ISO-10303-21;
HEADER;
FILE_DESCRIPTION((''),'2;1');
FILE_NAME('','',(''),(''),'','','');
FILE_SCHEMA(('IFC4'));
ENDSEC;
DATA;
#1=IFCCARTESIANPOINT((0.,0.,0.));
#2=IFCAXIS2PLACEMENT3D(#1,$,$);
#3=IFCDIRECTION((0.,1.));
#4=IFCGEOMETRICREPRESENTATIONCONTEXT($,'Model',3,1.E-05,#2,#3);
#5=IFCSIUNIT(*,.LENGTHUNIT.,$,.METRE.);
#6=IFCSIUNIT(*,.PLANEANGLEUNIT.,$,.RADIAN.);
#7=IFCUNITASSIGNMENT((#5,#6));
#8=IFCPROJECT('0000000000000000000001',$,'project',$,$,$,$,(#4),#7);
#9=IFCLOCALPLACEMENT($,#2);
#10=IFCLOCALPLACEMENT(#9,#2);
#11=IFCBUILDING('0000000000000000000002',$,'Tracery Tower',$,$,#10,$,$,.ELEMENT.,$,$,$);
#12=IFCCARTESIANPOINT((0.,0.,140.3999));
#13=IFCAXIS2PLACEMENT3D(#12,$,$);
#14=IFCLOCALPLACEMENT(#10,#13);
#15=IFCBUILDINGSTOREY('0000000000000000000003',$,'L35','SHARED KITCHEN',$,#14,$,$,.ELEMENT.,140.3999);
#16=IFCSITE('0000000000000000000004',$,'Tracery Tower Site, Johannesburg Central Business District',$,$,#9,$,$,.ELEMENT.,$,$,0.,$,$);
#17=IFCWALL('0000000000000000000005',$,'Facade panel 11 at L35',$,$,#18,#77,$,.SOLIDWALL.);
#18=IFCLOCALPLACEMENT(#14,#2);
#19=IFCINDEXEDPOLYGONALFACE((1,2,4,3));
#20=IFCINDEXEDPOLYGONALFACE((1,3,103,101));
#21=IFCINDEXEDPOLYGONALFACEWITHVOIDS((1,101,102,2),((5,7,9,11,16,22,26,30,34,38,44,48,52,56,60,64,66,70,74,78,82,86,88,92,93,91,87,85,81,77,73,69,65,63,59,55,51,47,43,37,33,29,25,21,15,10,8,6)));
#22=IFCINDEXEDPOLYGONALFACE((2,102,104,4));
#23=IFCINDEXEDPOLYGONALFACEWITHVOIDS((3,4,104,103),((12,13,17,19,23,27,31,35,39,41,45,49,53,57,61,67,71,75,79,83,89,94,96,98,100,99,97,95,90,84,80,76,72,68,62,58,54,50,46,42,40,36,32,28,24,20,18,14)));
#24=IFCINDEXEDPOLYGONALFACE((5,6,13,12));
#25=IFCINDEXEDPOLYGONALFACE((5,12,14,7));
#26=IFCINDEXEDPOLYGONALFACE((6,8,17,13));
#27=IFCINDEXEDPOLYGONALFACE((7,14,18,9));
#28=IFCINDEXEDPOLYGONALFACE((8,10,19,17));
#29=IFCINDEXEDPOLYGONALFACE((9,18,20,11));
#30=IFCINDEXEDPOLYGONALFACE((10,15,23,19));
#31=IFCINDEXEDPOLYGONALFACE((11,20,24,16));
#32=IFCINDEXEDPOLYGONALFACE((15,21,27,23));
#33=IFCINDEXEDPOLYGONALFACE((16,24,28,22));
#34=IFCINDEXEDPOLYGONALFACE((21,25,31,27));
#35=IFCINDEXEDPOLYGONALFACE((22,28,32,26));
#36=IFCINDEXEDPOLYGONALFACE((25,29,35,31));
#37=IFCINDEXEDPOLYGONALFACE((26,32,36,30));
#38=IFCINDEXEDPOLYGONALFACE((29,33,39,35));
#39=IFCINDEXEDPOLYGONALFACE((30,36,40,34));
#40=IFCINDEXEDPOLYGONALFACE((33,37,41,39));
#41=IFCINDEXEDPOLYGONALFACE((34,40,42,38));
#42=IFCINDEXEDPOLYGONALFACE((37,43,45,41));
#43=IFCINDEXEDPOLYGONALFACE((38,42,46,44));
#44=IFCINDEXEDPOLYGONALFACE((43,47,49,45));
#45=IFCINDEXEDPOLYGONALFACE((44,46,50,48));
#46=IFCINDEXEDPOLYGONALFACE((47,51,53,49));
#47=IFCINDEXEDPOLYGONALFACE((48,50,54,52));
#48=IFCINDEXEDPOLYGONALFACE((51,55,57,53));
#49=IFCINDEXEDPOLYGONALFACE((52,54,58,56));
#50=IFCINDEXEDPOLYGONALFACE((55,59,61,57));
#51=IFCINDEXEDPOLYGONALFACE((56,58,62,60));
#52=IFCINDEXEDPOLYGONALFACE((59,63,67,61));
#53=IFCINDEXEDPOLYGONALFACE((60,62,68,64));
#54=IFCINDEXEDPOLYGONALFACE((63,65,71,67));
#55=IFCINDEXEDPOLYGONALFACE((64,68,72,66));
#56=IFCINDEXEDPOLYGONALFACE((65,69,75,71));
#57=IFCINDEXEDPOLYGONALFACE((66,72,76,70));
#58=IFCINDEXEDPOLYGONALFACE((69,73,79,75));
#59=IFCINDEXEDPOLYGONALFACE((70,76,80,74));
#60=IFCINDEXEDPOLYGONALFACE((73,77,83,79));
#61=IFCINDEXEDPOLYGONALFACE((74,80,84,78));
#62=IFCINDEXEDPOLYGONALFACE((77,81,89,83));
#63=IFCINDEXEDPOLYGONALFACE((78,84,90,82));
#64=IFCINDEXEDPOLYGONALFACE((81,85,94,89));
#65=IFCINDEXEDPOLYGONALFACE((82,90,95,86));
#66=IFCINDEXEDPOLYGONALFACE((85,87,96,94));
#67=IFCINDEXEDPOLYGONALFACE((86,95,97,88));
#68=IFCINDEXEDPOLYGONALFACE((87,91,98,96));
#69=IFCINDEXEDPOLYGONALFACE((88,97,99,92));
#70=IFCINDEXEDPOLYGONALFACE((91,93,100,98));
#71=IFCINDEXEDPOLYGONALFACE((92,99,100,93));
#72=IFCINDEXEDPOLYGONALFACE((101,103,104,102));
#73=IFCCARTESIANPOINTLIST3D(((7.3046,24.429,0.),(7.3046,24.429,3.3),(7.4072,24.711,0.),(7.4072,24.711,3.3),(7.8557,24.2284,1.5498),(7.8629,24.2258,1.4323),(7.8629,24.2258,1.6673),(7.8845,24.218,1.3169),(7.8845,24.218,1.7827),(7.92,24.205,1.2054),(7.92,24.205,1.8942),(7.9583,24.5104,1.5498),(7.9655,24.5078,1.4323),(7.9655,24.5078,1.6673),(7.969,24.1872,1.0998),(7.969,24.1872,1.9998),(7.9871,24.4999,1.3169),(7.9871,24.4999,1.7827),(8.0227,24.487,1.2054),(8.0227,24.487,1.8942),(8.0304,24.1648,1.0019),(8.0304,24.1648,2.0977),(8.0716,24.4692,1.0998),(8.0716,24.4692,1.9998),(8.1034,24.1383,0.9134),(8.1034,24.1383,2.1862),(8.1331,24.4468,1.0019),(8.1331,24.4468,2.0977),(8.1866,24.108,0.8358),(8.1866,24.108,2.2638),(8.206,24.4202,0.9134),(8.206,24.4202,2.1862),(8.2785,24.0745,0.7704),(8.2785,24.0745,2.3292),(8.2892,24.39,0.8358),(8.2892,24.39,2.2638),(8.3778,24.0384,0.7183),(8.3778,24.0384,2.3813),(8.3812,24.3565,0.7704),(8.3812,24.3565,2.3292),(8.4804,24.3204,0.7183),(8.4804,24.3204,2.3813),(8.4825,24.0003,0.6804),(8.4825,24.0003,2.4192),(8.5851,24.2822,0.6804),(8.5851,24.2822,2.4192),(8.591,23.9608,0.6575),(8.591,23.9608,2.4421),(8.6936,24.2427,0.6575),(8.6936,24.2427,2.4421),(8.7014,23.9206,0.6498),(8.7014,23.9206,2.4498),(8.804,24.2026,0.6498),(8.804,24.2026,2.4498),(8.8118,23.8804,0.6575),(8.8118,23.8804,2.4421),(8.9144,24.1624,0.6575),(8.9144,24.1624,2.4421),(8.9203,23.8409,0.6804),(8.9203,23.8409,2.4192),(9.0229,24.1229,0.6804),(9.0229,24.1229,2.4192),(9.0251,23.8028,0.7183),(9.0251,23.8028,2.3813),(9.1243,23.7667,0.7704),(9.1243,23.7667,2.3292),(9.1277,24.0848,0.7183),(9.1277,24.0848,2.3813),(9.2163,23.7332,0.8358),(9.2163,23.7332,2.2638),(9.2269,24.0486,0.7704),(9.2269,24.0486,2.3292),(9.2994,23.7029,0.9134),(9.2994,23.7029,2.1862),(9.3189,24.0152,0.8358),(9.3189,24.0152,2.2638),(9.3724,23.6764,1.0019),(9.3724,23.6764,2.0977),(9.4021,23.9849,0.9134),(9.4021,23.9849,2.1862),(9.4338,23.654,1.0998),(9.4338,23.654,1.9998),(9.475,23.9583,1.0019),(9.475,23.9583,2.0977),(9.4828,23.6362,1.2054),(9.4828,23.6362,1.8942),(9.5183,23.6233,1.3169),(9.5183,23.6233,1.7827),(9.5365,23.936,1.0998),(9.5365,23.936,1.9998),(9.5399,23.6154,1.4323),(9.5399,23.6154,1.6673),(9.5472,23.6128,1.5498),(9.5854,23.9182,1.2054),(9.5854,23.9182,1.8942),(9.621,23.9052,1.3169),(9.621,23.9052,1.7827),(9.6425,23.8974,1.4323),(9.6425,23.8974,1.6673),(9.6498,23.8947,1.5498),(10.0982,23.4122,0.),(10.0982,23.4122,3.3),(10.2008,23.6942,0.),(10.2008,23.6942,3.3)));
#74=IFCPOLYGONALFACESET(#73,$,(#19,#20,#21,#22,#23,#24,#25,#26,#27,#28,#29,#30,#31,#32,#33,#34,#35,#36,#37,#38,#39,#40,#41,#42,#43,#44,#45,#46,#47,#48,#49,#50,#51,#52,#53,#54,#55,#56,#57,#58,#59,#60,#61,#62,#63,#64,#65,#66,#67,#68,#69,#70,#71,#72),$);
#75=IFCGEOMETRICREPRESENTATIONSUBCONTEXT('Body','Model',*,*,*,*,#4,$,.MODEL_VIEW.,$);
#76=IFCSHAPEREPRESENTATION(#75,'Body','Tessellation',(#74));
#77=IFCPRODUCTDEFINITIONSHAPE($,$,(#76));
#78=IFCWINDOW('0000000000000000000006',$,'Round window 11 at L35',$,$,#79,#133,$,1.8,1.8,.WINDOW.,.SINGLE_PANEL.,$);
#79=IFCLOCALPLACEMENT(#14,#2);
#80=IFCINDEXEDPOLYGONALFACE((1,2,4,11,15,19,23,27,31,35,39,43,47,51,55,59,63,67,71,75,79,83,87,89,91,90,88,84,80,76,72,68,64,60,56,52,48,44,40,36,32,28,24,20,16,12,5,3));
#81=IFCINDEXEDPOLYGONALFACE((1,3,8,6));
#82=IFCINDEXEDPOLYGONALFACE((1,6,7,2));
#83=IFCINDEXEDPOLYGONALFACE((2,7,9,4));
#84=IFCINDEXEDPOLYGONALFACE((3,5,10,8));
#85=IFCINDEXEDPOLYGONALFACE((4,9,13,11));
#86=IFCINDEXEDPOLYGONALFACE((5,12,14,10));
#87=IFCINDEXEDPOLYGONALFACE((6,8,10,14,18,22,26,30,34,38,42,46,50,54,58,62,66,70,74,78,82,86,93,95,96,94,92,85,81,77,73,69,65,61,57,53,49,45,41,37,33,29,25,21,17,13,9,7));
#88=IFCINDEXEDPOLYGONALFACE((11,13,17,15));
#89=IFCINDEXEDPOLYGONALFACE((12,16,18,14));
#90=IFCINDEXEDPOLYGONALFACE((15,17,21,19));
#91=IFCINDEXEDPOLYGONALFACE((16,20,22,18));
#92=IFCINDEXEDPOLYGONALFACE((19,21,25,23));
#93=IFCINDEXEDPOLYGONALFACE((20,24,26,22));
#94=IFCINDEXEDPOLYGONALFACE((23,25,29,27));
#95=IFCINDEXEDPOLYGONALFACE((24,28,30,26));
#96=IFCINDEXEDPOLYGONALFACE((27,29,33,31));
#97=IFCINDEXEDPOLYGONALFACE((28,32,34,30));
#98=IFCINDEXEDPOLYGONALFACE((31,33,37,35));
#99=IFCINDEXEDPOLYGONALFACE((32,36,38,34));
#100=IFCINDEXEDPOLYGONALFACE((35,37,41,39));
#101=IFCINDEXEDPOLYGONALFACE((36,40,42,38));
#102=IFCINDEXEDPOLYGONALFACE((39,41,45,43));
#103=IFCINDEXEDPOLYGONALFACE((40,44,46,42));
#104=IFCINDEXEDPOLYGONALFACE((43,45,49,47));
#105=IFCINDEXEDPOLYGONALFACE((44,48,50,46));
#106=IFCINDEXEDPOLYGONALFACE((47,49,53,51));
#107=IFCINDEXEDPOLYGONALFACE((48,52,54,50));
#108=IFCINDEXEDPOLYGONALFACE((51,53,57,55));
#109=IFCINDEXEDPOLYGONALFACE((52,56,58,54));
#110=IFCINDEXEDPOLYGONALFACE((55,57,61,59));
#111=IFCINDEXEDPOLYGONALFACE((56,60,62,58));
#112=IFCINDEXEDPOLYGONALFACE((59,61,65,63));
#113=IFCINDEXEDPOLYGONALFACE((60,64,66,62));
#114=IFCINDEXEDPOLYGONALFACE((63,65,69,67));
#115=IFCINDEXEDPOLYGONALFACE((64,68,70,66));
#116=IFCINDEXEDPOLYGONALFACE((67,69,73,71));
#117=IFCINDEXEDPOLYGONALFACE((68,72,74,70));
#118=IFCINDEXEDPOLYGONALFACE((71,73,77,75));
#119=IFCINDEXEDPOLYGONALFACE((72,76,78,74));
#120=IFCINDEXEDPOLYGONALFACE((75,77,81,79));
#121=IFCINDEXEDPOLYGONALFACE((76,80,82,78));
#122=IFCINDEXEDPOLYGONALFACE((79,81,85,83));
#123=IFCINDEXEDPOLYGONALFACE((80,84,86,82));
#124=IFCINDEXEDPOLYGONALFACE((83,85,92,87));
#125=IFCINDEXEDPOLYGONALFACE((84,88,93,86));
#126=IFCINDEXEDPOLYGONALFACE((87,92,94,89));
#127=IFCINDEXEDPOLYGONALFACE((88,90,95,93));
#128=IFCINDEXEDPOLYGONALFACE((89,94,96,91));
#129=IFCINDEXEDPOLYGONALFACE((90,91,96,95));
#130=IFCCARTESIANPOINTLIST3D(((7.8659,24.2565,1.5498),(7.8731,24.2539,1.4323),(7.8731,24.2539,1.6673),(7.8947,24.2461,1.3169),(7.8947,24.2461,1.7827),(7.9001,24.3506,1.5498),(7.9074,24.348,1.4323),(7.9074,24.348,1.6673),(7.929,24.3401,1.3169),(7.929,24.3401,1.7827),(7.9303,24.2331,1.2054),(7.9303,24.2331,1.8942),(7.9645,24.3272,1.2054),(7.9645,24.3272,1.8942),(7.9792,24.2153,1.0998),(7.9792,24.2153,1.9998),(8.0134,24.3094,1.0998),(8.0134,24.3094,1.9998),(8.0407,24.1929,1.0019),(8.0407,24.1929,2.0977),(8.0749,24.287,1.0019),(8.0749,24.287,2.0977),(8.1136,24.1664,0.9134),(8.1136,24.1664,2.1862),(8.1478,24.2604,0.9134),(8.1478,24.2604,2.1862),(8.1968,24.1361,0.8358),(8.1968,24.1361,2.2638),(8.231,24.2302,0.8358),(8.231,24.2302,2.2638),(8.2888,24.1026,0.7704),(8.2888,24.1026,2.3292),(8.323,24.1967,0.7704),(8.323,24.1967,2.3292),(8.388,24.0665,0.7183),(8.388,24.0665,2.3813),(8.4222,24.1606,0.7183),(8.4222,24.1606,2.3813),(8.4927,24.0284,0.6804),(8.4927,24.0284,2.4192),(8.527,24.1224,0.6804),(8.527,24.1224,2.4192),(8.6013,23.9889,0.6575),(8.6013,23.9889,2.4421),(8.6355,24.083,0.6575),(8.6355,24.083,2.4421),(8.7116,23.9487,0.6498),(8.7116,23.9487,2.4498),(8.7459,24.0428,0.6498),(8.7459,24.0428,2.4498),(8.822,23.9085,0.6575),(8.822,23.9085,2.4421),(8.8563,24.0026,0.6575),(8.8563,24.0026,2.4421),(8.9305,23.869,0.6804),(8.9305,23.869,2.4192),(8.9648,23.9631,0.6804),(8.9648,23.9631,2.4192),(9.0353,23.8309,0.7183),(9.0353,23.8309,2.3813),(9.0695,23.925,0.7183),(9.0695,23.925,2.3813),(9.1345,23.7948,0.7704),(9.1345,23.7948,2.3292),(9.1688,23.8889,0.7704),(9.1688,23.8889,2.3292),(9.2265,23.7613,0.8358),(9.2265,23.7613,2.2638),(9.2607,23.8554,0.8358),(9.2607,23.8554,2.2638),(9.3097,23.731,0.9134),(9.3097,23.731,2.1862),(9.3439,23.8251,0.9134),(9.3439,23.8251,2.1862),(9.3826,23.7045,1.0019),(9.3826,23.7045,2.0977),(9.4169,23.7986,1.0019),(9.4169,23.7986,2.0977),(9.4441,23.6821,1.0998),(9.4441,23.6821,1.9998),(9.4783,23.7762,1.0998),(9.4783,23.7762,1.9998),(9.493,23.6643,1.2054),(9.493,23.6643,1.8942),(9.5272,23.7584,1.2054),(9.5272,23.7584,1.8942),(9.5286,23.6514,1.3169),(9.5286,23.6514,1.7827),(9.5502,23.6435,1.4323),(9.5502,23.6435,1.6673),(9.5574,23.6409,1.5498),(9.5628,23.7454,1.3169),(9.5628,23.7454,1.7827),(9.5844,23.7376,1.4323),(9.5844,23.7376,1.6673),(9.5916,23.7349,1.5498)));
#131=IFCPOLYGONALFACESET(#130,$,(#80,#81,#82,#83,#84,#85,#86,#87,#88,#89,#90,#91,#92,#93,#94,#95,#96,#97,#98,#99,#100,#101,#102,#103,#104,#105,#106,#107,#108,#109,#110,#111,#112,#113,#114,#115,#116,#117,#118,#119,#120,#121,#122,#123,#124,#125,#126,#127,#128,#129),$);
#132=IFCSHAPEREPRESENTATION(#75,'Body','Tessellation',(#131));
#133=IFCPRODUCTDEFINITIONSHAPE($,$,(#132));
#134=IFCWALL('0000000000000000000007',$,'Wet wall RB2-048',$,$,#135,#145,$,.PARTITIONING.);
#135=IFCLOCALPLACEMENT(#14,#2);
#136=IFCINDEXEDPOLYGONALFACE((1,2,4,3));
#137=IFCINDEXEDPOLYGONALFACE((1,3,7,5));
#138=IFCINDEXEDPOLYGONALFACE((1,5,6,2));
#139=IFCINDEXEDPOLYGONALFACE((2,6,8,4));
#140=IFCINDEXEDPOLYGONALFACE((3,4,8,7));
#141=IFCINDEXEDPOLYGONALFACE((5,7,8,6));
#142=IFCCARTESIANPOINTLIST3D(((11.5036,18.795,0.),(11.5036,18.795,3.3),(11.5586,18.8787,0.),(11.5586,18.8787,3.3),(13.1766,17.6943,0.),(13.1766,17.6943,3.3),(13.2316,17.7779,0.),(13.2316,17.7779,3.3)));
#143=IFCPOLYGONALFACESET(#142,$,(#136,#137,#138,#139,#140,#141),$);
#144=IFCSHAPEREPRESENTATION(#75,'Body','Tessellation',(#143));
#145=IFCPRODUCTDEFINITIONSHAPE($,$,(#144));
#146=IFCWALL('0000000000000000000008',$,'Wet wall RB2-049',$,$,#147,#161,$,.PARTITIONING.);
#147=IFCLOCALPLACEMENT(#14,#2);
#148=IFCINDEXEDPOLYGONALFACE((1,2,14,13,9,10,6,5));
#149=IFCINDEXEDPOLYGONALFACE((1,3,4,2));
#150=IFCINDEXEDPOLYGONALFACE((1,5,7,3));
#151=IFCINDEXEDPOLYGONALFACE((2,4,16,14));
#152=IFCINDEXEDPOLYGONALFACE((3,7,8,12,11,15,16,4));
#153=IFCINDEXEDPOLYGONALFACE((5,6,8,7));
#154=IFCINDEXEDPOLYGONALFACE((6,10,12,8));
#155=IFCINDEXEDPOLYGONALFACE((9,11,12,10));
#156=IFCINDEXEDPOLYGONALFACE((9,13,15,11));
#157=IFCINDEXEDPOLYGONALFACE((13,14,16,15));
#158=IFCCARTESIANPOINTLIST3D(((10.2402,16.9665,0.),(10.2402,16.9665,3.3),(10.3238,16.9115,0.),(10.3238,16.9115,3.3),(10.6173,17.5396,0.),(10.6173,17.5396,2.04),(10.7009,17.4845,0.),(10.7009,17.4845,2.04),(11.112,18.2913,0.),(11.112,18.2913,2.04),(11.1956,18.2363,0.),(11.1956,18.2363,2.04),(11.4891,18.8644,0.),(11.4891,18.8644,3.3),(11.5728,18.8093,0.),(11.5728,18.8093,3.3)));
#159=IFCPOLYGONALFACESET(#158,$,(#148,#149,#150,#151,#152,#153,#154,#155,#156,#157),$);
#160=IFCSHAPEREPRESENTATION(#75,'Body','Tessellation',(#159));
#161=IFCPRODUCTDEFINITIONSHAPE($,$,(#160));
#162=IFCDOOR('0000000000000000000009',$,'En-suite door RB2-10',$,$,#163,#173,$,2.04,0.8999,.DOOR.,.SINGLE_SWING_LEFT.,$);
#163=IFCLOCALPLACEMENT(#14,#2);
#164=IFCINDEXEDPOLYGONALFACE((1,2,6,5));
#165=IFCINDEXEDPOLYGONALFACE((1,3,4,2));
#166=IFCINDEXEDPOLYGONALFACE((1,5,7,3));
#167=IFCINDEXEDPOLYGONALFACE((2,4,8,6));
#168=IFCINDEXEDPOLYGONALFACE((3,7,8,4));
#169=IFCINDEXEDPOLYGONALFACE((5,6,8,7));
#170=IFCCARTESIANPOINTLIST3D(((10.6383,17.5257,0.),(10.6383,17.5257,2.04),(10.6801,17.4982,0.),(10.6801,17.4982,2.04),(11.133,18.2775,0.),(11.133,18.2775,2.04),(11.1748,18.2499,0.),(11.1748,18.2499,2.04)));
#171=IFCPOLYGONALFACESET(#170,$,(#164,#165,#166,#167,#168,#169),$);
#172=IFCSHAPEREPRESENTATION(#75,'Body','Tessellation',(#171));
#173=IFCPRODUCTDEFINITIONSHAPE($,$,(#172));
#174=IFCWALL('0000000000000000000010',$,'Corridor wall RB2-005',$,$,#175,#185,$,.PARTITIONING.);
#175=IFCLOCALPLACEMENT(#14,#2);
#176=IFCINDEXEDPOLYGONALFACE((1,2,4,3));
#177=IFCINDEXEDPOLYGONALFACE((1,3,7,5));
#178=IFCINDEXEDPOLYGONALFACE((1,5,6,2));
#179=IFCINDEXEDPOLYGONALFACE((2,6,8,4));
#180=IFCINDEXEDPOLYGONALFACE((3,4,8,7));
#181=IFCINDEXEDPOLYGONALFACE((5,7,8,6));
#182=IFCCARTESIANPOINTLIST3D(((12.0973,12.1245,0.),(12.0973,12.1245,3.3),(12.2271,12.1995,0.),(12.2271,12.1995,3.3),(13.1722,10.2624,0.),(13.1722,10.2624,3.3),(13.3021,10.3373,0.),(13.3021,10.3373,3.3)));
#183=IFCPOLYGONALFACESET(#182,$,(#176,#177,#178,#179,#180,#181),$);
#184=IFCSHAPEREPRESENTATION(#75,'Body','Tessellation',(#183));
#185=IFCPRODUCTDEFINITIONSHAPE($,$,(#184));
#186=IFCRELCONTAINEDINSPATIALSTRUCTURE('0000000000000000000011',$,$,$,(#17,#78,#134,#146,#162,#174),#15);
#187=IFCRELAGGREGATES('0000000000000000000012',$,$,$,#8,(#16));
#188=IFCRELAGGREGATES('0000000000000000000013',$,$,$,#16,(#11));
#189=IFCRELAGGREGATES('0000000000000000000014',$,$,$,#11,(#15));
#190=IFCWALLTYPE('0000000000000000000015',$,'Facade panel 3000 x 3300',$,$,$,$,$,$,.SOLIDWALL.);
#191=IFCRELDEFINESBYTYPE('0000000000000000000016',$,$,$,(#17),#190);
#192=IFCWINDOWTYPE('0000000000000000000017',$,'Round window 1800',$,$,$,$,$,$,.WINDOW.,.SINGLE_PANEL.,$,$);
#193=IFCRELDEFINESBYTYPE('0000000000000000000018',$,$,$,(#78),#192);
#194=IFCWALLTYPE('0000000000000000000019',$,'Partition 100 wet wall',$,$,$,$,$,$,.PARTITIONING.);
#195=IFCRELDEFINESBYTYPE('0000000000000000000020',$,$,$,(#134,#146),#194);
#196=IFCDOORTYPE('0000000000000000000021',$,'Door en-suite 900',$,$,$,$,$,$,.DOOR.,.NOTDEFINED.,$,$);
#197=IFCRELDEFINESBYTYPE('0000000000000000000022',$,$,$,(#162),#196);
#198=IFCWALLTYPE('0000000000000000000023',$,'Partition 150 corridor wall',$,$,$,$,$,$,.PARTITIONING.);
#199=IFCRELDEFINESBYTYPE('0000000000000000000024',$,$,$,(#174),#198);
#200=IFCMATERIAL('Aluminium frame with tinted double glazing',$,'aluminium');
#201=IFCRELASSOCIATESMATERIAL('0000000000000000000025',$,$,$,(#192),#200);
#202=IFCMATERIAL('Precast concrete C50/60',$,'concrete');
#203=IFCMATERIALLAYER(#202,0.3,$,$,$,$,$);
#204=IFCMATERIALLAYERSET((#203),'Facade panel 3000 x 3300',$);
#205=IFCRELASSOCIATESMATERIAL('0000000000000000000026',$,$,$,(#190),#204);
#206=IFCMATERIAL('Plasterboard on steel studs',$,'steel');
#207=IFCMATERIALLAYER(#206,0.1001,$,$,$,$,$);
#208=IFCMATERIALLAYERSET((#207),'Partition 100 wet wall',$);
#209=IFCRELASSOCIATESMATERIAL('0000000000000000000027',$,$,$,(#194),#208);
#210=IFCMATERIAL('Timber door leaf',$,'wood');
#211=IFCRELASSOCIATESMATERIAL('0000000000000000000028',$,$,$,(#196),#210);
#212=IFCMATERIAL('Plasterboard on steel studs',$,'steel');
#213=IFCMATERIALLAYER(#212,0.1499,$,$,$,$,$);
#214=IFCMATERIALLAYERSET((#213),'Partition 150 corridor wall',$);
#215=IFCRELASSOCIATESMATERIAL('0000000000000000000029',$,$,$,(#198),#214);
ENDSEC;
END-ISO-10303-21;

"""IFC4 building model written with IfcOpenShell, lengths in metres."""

from ifc_helpers import new_model, si_unit, direction, frame, frame_2d, origin, origin_2d, place, context, subcontext, project, spatial, rectangle, circle, extrude, material, layer, layer_set, type_object, element, fill, save


model = new_model("IFC4")

# Units and contexts
model_context = context("Model", 3, precision=1e-05, world=origin(), true_north=direction((0.0, 1.0)))
body_context = subcontext(model_context, "Body", "Model", "MODEL_VIEW")
ifc_project = project(units=[si_unit("LENGTHUNIT", "METRE"), si_unit("PLANEANGLEUNIT", "RADIAN")], contexts=[model_context])

# Site, building, storey
site_placement = place(None, origin())
site = spatial("IfcSite", under=ifc_project, at=site_placement, Name="Tracery Tower Site, Johannesburg Central Business District", CompositionType="ELEMENT", RefElevation=0.0)
building_placement = place(site_placement, origin())
building = spatial("IfcBuilding", under=site, at=building_placement, Name="Tracery Tower", CompositionType="ELEMENT")
storey_placement = place(building_placement, frame((0.0, 0.0, 140.3999)))
storey = spatial("IfcBuildingStorey", under=building, at=storey_placement, Name="L35", Description="SHARED KITCHEN", CompositionType="ELEMENT", Elevation=140.3999)

# Wall, opening, window
ifc_material_1 = material(Name="Aluminium frame with tinted double glazing", Category="aluminium")
window_type = type_object("IfcWindowType", Name="Round window 1800", PartitioningType="SINGLE_PANEL", PredefinedType="WINDOW", material=ifc_material_1)
ifc_material_2 = material(Name="Precast concrete C50/60", Category="concrete")
ifc_layer_1 = layer(ifc_material_2, 0.3)
ifc_layer_set_1 = layer_set([ifc_layer_1], Name="Facade panel 3000 x 3300")
wall_type_1 = type_object("IfcWallType", Name="Facade panel 3000 x 3300", PredefinedType="SOLIDWALL", material=ifc_layer_set_1)
wall_1_placement = place(storey_placement, frame((10.1494, 23.5532, 0.0), z_axis=(0.0, 0.0, 1.0), x_axis=(-0.93969, 0.342027, 0.0)))
wall_1 = element("IfcWall", 1, at=wall_1_placement, inside=storey, type_object=wall_type_1, Name="Facade panel 11 at L35", PredefinedType="SOLIDWALL", context=body_context, shape_type="SweptSolid", body=[
    extrude(rectangle(XDim=2.9729, YDim=0.3, at=frame_2d((1.4863, 0.0))), origin(), (0.0, 0.0, 1.0), 3.3),
])
opening_1_placement = place(wall_1_placement, frame((1.4863, 0.0, 1.5498)))
opening_1 = element("IfcOpeningElement", 2, at=opening_1_placement, cuts=wall_1, PredefinedType="OPENING", context=body_context, shape_type="SweptSolid", body=[
    extrude(circle(Radius=0.9, at=origin_2d()), frame((0.0, 0.1599, 0.0), z_axis=(0.0, -1.0, 0.0), x_axis=(1.0, 0.0, 0.0)), (0.0, 0.0, 1.0), 0.3201),
])
window_1_placement = place(opening_1_placement, origin())
window_1 = element("IfcWindow", 3, at=window_1_placement, inside=storey, type_object=window_type, Name="Round window 11 at L35", OverallHeight=1.8, OverallWidth=1.8, PartitioningType="SINGLE_PANEL", PredefinedType="WINDOW", context=body_context, shape_type="SweptSolid", body=[
    extrude(circle(Radius=0.9, at=origin_2d()), frame((0.0, 0.1201, 0.0), z_axis=(0.0, -1.0, 0.0), x_axis=(1.0, 0.0, 0.0)), (0.0, 0.0, 1.0), 0.1001),
])
fill(opening_1, window_1)

# Wall
ifc_material_3 = material(Name="Plasterboard on steel studs", Category="steel")
ifc_layer_2 = layer(ifc_material_3, 0.1001)
ifc_layer_set_2 = layer_set([ifc_layer_2], Name="Partition 100 wet wall")
wall_type_2 = type_object("IfcWallType", Name="Partition 100 wet wall", PredefinedType="PARTITIONING", material=ifc_layer_set_2)
wall_2_placement = place(storey_placement, frame((11.531, 18.8369, 0.0), z_axis=(0.0, 0.0, 1.0), x_axis=(0.835392, -0.549655, 0.0)))
element("IfcWall", 4, at=wall_2_placement, inside=storey, type_object=wall_type_2, Name="Wet wall RB2-048", PredefinedType="PARTITIONING", context=body_context, shape_type="SweptSolid", body=[
    extrude(rectangle(XDim=2.0027, YDim=0.1001, at=frame_2d((1.0015, 0.0))), origin(), (0.0, 0.0, 1.0), 3.3),
])

# Wall, opening, door
wall_3_placement = place(storey_placement, frame((10.282, 16.939, 0.0), z_axis=(0.0, 0.0, 1.0), x_axis=(0.549731, 0.835342, 0.0)))
wall_3 = element("IfcWall", 5, at=wall_3_placement, inside=storey, type_object=wall_type_2, Name="Wet wall RB2-049", PredefinedType="PARTITIONING", context=body_context, shape_type="SweptSolid", body=[
    extrude(rectangle(XDim=2.272, YDim=0.1001, at=frame_2d((1.136, 0.0))), origin(), (0.0, 0.0, 1.0), 3.3),
])
opening_2_placement = place(wall_3_placement, frame((0.686, 0.0, 0.0)))
opening_2 = element("IfcOpeningElement", 6, at=opening_2_placement, cuts=wall_3, PredefinedType="OPENING", context=body_context, shape_type="SweptSolid", body=[
    extrude(rectangle(XDim=0.8999, YDim=2.04, at=frame_2d((0.45, 1.02))), frame((0.0, 0.05, 0.0), z_axis=(0.0, -1.0, 0.0), x_axis=(1.0, 0.0, 0.0)), (0.0, 0.0, 1.0), 0.1001),
])
ifc_material_4 = material(Name="Timber door leaf", Category="wood")
door_type_1 = type_object("IfcDoorType", Name="Door en-suite 900", OperationType="NOTDEFINED", PredefinedType="DOOR", material=ifc_material_4)
door_1_placement = place(opening_2_placement, origin())
door_1 = element("IfcDoor", 7, at=door_1_placement, inside=storey, type_object=door_type_1, Name="En-suite door RB2-10", OperationType="SINGLE_SWING_LEFT", OverallHeight=2.04, OverallWidth=0.8999, PredefinedType="DOOR", context=body_context, shape_type="SweptSolid", body=[
    extrude(rectangle(XDim=0.8999, YDim=2.04, at=frame_2d((0.45, 1.02))), frame((0.0, 0.0249, 0.0), z_axis=(0.0, -1.0, 0.0), x_axis=(1.0, 0.0, 0.0)), (0.0, 0.0, 1.0), 0.05),
])
fill(opening_2, door_1)

# Wall
ifc_material_5 = material(Name="Plasterboard on steel studs", Category="steel")
ifc_layer_3 = layer(ifc_material_5, 0.1499)
ifc_layer_set_3 = layer_set([ifc_layer_3], Name="Partition 150 corridor wall")
wall_type_3 = type_object("IfcWallType", Name="Partition 150 corridor wall", PredefinedType="PARTITIONING", material=ifc_layer_set_3)
wall_4_placement = place(storey_placement, frame((12.1621, 12.1621, 0.0), z_axis=(0.0, 0.0, 1.0), x_axis=(0.499962, -0.866048, 0.0)))
element("IfcWall", 8, at=wall_4_placement, inside=storey, type_object=wall_type_3, Name="Corridor wall RB2-005", PredefinedType="PARTITIONING", context=body_context, shape_type="SweptSolid", body=[
    extrude(rectangle(XDim=2.1501, YDim=0.1499, at=frame_2d((1.0752, 0.0))), origin(), (0.0, 0.0, 1.0), 3.3),
])

save(model, "model.ifc")
